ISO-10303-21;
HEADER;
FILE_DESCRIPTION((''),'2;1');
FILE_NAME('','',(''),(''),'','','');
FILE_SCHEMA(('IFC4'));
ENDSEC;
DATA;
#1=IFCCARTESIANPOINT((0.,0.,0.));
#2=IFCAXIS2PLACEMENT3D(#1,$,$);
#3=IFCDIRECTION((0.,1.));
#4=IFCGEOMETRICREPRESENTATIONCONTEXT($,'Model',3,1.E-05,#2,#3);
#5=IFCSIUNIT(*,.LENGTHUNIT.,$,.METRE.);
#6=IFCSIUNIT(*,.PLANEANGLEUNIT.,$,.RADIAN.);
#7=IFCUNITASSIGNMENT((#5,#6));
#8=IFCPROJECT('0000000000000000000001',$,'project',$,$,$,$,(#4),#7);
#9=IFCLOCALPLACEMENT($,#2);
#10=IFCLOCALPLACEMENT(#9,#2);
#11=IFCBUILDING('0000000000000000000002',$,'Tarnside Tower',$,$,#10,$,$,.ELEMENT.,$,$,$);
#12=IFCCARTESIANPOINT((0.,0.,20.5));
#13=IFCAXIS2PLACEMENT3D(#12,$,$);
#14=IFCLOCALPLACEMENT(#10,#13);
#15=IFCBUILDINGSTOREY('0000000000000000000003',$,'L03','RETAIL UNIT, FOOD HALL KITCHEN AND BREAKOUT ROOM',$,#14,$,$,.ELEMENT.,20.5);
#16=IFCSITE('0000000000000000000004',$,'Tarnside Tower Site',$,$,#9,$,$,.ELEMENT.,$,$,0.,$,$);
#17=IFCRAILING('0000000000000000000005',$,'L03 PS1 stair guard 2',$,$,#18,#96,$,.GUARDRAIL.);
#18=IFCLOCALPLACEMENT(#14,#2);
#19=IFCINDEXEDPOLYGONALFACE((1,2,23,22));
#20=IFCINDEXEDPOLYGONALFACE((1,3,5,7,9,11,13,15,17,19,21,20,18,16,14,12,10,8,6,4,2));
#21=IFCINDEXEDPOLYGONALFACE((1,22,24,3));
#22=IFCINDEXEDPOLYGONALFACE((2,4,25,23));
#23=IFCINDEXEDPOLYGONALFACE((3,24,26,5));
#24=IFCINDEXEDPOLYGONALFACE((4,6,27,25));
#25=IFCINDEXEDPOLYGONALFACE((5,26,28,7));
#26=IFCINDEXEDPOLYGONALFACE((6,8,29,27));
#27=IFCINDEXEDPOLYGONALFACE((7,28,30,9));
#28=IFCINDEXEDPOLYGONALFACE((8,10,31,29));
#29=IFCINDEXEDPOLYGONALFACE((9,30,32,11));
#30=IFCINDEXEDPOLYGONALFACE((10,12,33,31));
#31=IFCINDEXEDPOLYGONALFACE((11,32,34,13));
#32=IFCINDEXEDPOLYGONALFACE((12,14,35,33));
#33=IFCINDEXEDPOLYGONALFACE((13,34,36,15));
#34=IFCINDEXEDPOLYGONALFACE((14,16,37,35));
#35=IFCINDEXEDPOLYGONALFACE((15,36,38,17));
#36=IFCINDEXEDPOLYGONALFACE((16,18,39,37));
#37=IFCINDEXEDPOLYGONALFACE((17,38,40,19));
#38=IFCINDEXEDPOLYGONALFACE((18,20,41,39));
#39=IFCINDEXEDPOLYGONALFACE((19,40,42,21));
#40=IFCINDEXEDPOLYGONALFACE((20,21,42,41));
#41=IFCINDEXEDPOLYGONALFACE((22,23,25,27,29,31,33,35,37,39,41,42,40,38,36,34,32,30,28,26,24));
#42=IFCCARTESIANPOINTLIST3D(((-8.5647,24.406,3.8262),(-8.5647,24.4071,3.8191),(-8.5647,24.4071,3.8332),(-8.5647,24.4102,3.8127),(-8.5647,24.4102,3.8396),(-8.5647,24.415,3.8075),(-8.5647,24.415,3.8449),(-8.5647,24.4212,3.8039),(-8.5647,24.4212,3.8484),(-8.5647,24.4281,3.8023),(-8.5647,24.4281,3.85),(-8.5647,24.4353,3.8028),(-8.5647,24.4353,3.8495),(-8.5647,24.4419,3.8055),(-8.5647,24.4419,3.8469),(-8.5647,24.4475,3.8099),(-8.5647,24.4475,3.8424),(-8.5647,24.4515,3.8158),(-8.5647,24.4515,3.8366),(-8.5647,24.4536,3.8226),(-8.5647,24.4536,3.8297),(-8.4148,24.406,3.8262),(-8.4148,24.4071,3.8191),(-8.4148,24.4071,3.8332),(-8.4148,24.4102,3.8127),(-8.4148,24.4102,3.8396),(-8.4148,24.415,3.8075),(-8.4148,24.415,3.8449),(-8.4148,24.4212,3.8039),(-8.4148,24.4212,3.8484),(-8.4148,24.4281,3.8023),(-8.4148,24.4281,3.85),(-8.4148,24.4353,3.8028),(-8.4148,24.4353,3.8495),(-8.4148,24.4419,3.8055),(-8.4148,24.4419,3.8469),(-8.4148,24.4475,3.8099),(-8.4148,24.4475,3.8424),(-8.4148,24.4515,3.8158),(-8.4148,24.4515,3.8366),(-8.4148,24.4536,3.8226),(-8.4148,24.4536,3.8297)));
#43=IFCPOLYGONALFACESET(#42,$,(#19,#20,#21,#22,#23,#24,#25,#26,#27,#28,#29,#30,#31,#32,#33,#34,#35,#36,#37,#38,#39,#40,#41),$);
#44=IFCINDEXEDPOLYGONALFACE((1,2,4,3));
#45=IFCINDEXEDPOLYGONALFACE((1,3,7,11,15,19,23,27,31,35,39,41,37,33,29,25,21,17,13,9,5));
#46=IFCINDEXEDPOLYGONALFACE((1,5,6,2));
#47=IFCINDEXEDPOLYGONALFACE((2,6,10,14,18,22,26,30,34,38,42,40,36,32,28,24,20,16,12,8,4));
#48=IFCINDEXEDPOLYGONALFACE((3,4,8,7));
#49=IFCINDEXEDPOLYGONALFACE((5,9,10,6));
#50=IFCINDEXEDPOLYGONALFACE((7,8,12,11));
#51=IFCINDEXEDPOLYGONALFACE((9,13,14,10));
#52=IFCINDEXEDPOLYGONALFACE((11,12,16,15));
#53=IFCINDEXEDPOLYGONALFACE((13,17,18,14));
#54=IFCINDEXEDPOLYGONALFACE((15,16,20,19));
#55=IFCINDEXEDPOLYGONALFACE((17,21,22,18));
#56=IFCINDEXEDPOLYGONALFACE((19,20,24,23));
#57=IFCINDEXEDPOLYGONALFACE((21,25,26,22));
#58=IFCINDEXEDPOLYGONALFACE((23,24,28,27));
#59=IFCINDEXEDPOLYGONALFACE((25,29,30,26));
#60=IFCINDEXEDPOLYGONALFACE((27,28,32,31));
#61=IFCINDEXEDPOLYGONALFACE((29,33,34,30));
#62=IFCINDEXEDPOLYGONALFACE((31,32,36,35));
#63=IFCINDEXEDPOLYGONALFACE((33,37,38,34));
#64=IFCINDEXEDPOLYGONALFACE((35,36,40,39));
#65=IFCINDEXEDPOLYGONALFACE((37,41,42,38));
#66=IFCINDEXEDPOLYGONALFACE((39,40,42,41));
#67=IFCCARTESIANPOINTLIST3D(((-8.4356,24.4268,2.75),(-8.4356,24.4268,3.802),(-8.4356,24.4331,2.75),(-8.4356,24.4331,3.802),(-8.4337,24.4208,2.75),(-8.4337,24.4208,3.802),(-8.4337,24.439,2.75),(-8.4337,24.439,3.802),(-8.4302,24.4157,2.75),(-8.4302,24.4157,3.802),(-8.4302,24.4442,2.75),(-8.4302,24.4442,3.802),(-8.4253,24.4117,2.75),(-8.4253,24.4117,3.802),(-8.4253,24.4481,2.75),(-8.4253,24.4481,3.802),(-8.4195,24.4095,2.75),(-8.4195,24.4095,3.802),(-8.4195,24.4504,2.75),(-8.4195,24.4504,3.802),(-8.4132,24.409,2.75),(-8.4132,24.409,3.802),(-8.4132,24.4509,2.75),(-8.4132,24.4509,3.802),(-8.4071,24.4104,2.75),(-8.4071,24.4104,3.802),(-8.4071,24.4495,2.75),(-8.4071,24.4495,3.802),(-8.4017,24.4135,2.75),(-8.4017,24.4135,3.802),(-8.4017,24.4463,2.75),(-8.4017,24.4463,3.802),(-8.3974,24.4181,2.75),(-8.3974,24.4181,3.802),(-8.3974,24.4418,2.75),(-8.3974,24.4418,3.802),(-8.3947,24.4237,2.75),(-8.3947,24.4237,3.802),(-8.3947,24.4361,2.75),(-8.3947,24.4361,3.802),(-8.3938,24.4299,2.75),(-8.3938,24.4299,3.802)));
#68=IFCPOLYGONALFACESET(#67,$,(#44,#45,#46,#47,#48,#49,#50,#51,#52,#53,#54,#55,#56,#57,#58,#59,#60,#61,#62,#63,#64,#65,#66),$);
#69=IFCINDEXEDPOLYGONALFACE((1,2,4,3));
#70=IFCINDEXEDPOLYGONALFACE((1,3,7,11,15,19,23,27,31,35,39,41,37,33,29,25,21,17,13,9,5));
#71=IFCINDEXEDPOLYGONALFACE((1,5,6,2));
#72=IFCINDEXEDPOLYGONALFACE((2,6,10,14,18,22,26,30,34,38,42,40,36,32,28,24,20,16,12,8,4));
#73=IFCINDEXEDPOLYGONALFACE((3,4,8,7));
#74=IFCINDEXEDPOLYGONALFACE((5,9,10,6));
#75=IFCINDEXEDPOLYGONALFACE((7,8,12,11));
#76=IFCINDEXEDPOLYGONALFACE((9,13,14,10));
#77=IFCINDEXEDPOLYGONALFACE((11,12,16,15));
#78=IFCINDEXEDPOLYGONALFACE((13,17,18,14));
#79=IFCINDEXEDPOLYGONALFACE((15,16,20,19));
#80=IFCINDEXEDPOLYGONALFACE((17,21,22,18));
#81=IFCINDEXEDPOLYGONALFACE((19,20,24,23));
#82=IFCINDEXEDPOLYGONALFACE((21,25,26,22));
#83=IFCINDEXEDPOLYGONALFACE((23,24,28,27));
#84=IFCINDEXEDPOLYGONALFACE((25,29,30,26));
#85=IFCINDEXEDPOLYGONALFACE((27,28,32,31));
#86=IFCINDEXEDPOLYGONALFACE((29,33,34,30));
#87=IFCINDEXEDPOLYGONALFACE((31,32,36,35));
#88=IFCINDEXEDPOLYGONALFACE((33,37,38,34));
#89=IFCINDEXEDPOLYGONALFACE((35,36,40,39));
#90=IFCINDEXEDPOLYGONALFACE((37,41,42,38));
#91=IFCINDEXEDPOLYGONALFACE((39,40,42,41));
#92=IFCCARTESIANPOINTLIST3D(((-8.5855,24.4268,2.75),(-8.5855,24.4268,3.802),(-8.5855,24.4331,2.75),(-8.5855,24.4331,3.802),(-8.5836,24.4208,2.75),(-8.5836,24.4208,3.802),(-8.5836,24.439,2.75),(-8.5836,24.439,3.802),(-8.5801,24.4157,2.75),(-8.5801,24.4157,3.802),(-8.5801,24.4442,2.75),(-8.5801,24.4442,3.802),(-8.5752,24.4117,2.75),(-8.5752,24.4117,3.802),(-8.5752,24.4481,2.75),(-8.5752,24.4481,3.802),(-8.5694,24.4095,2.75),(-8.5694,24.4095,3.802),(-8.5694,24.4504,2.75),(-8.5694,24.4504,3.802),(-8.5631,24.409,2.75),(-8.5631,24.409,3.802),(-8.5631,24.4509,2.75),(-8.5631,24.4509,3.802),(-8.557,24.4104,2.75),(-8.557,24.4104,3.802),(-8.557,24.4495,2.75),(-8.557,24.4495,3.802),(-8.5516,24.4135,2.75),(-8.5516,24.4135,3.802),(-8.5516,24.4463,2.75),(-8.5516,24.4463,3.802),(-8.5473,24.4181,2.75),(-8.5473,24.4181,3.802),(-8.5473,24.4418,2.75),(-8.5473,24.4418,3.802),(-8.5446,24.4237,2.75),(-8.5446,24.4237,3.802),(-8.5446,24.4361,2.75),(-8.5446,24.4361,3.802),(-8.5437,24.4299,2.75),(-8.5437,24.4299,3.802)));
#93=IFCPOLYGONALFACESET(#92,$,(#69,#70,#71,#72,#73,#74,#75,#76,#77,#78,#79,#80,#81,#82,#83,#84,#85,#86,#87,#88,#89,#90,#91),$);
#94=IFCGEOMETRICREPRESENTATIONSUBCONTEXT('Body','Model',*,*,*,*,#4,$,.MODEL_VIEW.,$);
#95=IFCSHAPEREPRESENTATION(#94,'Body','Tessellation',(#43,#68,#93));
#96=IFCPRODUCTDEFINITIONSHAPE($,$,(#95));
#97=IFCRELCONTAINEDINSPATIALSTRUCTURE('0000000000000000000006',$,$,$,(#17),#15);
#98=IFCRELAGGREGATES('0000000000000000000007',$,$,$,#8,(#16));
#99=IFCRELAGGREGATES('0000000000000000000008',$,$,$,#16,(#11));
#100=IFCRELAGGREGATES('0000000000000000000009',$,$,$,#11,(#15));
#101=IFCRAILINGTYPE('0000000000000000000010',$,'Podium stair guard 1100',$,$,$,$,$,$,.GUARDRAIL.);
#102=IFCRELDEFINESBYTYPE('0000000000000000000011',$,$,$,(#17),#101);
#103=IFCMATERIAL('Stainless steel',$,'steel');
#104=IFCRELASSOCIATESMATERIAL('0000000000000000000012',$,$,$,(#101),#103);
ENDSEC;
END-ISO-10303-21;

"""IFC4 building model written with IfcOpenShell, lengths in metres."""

from ifc_helpers import new_model, si_unit, direction, frame, origin, origin_2d, place, context, subcontext, project, spatial, circle, extrude, material, type_object, element, save


model = new_model("IFC4")

# Units and contexts
model_context = context("Model", 3, precision=1e-05, world=origin(), true_north=direction((0.0, 1.0)))
body_context = subcontext(model_context, "Body", "Model", "MODEL_VIEW")
ifc_project = project(units=[si_unit("LENGTHUNIT", "METRE"), si_unit("PLANEANGLEUNIT", "RADIAN")], contexts=[model_context])

# Site, building, storey
site_placement = place(None, origin())
site = spatial("IfcSite", under=ifc_project, at=site_placement, Name="Tarnside Tower Site", CompositionType="ELEMENT", RefElevation=0.0)
building_placement = place(site_placement, origin())
building = spatial("IfcBuilding", under=site, at=building_placement, Name="Tarnside Tower", CompositionType="ELEMENT")
storey_placement = place(building_placement, frame((0.0, 0.0, 20.5)))
storey = spatial("IfcBuildingStorey", under=building, at=storey_placement, Name="L03", Description="RETAIL UNIT, FOOD HALL KITCHEN AND BREAKOUT ROOM", CompositionType="ELEMENT", Elevation=20.5)

# Railing
ifc_material_1 = material(Name="Stainless steel", Category="steel")
railing_type_1 = type_object("IfcRailingType", Name="Podium stair guard 1100", PredefinedType="GUARDRAIL", material=ifc_material_1)
railing_1_placement = place(storey_placement, frame((-8.4148, 24.4299, 2.75)))
element("IfcRailing", 1, at=railing_1_placement, inside=storey, type_object=railing_type_1, Name="L03 PS1 stair guard 2", PredefinedType="GUARDRAIL", context=body_context, shape_type="SweptSolid", body=[
    extrude(circle(Radius=0.0239, at=origin_2d()), frame((0.0, 0.0, 1.0762), z_axis=(-1.0, 0.0, 0.0), x_axis=(0.0, -1.0, 0.0)), (0.0, 0.0, 1.0), 0.1499),
    extrude(circle(Radius=0.021, at=origin_2d()), origin(), (0.0, 0.0, 1.0), 1.052),
    extrude(circle(Radius=0.021, at=origin_2d()), frame((-0.1499, 0.0, 0.0)), (0.0, 0.0, 1.0), 1.052),
])

save(model, "model.ifc")
